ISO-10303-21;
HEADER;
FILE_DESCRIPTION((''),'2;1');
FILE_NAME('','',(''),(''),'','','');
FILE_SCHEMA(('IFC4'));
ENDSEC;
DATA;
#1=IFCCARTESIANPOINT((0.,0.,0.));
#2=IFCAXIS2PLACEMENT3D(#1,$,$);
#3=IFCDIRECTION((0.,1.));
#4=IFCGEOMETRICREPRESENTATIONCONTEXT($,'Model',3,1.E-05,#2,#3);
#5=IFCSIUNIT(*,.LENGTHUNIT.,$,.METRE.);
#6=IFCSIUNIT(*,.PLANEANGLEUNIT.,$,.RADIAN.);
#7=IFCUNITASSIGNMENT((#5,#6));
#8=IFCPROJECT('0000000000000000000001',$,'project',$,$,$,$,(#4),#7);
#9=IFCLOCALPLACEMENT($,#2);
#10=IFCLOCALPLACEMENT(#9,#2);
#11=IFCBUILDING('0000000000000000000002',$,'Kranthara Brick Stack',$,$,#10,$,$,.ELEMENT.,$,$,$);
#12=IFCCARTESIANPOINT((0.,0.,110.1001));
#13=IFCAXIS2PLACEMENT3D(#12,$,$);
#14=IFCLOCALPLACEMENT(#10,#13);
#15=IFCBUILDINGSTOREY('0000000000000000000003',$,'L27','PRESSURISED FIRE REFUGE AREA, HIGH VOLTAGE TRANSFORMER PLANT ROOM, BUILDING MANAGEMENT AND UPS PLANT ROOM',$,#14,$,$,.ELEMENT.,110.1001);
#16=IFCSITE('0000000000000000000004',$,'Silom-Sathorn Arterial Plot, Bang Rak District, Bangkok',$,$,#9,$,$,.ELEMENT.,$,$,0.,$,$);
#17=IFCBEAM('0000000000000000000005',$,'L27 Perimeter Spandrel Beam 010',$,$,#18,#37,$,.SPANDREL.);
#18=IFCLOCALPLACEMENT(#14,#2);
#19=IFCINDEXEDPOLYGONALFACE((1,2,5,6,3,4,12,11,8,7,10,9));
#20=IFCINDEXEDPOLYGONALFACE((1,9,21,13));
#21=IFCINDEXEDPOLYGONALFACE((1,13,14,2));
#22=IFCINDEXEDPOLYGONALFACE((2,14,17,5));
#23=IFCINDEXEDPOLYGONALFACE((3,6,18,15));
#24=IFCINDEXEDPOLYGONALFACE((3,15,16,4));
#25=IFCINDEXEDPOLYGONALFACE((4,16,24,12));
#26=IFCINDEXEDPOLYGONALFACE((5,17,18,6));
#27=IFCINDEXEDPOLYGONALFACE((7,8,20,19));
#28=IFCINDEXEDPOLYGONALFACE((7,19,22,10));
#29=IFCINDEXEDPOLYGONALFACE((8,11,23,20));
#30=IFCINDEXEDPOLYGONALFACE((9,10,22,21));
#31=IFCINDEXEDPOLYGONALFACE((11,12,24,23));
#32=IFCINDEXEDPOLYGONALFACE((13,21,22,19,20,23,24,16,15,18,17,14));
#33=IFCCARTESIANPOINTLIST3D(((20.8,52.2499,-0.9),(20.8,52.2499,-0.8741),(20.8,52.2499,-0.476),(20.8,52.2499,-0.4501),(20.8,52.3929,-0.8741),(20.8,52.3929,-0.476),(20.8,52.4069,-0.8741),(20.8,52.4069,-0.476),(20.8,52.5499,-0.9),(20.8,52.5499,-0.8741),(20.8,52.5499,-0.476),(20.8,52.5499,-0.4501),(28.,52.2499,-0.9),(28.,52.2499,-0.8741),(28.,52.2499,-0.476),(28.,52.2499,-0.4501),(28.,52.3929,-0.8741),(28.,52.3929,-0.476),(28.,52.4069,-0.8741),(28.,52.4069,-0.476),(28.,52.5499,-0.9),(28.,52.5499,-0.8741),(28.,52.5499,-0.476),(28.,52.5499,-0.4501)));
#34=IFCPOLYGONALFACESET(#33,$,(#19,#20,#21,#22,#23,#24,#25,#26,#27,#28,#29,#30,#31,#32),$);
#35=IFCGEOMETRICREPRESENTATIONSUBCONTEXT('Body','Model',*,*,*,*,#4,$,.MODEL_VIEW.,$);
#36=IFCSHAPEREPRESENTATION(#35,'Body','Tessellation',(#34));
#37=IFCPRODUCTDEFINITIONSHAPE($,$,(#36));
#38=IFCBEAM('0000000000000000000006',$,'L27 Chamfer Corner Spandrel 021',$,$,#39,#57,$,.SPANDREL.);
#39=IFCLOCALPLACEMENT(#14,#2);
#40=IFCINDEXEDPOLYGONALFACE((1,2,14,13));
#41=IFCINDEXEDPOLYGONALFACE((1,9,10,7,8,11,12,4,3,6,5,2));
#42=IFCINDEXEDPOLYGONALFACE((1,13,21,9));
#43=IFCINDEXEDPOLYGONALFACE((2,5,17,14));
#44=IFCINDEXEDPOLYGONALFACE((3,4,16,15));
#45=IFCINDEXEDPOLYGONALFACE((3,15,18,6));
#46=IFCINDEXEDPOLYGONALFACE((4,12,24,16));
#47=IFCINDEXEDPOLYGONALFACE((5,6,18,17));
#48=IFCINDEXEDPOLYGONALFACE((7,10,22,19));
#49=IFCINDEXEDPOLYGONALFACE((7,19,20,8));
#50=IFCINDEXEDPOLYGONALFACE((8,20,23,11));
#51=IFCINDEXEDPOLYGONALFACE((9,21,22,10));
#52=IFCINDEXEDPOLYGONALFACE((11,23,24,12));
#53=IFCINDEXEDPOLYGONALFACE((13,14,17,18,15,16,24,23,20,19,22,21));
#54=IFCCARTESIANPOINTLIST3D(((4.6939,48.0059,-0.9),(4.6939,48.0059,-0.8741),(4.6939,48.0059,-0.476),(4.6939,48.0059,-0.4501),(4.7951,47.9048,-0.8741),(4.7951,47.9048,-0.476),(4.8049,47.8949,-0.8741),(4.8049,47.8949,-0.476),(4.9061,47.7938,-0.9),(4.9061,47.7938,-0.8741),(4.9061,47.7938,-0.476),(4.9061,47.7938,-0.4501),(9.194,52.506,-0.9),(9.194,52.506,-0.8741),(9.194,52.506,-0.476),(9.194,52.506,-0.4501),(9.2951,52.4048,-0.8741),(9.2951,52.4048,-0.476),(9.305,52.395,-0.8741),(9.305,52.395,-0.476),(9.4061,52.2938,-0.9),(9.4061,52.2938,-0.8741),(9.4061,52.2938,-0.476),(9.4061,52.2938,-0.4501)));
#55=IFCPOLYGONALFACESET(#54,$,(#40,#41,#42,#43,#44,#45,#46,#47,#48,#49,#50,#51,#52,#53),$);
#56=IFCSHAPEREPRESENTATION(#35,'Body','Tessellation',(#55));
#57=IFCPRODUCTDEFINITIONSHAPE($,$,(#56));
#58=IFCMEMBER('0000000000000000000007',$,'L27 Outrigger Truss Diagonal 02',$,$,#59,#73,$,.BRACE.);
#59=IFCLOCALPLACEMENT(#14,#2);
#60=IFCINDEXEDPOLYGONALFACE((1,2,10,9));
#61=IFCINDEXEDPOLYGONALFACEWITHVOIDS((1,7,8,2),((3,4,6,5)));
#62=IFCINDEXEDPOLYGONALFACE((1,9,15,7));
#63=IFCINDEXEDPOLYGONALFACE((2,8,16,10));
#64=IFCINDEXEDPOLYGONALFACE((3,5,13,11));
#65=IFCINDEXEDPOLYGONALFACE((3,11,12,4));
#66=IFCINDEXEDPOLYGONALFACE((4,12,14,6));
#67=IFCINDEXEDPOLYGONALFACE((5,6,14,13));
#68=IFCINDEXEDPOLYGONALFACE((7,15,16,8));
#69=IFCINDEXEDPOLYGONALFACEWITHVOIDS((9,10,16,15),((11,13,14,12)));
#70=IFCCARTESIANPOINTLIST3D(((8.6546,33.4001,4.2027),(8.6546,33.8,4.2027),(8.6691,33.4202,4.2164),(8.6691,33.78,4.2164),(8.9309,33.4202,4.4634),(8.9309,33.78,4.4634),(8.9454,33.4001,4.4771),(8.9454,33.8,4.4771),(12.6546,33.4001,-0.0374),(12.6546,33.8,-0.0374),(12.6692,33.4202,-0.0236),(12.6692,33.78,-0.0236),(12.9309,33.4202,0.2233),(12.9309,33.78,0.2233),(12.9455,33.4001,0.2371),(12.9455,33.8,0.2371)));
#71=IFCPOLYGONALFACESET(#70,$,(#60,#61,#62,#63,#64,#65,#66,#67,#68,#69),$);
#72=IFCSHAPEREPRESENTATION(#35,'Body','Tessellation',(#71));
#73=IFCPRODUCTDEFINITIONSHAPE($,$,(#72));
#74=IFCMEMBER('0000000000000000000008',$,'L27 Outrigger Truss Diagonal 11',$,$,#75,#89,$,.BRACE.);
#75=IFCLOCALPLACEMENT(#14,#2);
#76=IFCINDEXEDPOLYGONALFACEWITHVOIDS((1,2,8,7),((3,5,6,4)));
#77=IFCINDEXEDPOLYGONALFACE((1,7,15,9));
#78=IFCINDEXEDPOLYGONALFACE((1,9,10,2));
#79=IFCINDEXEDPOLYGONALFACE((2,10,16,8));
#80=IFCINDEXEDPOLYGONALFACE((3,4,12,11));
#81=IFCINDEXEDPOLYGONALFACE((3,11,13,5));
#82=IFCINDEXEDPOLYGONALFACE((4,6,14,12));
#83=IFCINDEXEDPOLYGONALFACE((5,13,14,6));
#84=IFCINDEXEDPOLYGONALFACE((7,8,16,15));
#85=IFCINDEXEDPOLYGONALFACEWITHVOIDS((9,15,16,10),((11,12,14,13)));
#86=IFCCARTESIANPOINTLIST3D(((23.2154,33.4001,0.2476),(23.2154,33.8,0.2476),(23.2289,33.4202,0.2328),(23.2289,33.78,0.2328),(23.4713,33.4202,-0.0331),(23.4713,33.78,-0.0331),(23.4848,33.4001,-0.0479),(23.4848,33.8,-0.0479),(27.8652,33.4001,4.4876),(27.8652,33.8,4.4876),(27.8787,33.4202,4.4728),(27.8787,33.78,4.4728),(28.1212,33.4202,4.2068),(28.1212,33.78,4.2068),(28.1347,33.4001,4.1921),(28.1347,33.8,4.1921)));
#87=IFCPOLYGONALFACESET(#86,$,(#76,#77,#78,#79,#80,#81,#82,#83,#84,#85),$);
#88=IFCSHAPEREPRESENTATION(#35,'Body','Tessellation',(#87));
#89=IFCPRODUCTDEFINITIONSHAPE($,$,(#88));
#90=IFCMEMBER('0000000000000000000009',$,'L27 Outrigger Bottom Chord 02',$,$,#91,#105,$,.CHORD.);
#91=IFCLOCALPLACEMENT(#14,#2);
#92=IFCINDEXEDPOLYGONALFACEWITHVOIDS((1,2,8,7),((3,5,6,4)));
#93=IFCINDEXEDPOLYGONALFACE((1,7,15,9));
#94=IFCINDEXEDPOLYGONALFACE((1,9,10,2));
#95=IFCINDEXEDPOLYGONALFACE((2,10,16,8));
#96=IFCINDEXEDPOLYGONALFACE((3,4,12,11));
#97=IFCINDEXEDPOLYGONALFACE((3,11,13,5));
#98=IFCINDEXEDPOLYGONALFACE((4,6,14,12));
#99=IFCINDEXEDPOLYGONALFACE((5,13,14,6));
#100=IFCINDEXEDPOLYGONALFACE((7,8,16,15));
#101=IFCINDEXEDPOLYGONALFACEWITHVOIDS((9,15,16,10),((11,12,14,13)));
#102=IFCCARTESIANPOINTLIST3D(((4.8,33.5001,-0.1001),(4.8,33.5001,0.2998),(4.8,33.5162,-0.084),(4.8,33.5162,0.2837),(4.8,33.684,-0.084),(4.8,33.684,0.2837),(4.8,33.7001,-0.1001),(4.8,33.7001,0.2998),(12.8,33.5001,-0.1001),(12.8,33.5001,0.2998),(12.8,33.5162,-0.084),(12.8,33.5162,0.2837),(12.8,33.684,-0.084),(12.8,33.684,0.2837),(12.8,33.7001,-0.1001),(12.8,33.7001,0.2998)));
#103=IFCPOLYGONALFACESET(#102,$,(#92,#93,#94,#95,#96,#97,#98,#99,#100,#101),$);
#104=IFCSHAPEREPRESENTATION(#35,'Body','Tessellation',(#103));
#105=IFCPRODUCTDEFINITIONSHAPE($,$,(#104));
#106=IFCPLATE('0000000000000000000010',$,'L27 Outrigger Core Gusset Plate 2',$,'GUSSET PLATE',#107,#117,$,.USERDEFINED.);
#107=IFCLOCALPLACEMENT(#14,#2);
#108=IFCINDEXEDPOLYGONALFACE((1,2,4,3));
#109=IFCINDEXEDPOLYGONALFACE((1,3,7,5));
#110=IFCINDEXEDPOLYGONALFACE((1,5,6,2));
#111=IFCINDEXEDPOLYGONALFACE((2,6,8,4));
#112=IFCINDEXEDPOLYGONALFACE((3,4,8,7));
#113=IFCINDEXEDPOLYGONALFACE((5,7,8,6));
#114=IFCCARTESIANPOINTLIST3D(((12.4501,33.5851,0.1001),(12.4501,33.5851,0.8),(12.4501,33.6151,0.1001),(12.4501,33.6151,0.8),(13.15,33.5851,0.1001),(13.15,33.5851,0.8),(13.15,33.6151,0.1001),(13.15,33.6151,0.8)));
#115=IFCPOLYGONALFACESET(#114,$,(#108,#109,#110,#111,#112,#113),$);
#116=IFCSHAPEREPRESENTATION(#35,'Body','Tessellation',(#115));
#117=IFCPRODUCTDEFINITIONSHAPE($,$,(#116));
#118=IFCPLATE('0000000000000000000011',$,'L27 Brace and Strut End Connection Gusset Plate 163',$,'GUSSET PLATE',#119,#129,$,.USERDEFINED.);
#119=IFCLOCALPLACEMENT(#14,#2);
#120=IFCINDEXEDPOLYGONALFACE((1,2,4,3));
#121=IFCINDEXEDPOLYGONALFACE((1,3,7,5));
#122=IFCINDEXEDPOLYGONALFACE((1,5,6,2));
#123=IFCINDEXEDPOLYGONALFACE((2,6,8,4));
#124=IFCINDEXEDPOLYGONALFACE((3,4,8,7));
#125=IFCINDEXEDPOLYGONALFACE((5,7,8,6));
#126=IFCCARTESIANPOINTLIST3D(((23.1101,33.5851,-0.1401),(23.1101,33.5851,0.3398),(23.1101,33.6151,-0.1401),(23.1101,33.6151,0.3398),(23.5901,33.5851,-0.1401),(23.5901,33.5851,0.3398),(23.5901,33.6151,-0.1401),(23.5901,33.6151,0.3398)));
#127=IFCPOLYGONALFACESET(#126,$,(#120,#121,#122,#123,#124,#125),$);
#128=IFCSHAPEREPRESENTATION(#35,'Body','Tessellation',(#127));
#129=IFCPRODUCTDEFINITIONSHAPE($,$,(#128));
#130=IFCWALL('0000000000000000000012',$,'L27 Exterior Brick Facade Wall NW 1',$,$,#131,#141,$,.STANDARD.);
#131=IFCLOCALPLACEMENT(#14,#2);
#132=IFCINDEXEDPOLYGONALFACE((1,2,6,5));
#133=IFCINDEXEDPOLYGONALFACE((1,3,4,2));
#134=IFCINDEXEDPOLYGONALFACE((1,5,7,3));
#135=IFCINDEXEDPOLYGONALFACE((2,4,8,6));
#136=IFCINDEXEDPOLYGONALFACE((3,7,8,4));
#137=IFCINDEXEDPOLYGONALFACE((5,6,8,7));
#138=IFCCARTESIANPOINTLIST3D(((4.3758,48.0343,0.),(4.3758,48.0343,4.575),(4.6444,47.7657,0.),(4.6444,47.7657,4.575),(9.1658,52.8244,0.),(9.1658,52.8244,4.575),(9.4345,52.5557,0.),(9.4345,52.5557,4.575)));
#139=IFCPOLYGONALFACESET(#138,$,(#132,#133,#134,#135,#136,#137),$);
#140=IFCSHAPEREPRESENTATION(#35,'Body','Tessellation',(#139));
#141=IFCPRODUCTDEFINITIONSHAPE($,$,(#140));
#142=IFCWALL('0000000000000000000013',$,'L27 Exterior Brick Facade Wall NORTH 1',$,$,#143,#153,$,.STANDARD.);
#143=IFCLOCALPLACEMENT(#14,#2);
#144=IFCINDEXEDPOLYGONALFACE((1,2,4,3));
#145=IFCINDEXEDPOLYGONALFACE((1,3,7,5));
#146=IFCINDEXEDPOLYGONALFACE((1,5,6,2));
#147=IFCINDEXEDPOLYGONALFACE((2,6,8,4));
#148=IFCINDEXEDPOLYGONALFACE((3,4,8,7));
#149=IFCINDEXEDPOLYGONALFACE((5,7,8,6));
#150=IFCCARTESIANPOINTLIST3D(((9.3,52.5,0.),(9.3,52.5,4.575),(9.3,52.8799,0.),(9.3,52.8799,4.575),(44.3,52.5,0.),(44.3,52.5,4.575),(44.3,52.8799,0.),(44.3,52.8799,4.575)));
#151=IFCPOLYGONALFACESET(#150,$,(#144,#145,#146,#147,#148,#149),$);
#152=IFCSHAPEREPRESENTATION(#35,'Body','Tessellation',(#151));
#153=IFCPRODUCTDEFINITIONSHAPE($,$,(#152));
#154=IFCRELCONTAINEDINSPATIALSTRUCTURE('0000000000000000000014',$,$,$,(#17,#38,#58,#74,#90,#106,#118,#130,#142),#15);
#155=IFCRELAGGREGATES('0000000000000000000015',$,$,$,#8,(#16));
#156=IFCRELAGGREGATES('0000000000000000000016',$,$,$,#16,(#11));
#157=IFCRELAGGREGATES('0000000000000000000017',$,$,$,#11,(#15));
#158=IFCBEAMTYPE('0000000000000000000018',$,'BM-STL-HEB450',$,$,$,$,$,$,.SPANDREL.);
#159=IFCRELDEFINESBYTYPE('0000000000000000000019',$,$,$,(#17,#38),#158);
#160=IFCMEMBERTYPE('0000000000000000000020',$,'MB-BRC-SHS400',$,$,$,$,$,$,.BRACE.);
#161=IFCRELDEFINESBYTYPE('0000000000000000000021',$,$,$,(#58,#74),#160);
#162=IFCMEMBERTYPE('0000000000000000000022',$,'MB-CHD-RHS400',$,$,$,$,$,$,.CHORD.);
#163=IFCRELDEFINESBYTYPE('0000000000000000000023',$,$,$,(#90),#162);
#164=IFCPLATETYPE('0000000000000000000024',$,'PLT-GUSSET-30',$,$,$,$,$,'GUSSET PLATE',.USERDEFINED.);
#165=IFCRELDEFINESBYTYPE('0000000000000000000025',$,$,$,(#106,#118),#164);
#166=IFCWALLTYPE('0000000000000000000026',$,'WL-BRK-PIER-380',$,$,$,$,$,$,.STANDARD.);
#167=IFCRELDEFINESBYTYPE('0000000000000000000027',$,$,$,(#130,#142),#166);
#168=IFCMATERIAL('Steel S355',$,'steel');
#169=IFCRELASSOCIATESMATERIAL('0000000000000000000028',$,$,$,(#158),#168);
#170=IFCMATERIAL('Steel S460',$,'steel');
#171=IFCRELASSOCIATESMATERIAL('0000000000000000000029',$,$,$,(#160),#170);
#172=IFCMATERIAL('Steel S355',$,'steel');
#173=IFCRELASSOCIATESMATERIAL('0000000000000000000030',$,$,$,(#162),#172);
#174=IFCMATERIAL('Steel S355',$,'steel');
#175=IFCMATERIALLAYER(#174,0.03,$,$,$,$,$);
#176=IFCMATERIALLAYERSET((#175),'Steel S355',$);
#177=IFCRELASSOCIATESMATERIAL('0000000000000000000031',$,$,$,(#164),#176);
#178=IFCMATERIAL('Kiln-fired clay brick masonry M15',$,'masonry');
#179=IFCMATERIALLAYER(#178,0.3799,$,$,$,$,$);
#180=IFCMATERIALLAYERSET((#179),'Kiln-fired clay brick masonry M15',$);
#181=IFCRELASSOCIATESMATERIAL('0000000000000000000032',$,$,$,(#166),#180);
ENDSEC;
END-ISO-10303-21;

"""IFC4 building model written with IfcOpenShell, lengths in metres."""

from ifc_helpers import new_model, si_unit, direction, frame, frame_2d, origin, origin_2d, place, context, subcontext, project, spatial, rectangle, hollow_rectangle, i_section, extrude, material, layer, layer_set, material_profile, profile_set, type_object, element, save


model = new_model("IFC4")

# Units and contexts
model_context = context("Model", 3, precision=1e-05, world=origin(), true_north=direction((0.0, 1.0)))
body_context = subcontext(model_context, "Body", "Model", "MODEL_VIEW")
ifc_project = project(units=[si_unit("LENGTHUNIT", "METRE"), si_unit("PLANEANGLEUNIT", "RADIAN")], contexts=[model_context])

# Site, building, storey
site_placement = place(None, origin())
site = spatial("IfcSite", under=ifc_project, at=site_placement, Name="Silom-Sathorn Arterial Plot, Bang Rak District, Bangkok", CompositionType="ELEMENT", RefElevation=0.0)
building_placement = place(site_placement, origin())
building = spatial("IfcBuilding", under=site, at=building_placement, Name="Kranthara Brick Stack", CompositionType="ELEMENT")
storey_placement = place(building_placement, frame((0.0, 0.0, 110.1001)))
storey = spatial("IfcBuildingStorey", under=building, at=storey_placement, Name="L27", Description="PRESSURISED FIRE REFUGE AREA, HIGH VOLTAGE TRANSFORMER PLANT ROOM, BUILDING MANAGEMENT AND UPS PLANT ROOM", CompositionType="ELEMENT", Elevation=110.1001)

# Beams
ifc_material_1 = material(Name="Steel S355", Category="steel")
ifc_material_profile_1 = material_profile(ifc_material_1, i_section(OverallWidth=0.3, OverallDepth=0.45, WebThickness=0.0139, FlangeThickness=0.0259, at=origin_2d()), Name="HEB 450")
ifc_profile_set_1 = profile_set([ifc_material_profile_1], Name="Steel S355")
beam_type_1 = type_object("IfcBeamType", Name="BM-STL-HEB450", PredefinedType="SPANDREL", material=ifc_profile_set_1)
beam_1_placement = place(storey_placement, frame((20.8, 52.3999, -0.675), z_axis=(1.0, 0.0, 0.0), x_axis=(0.0, 1.0, 0.0)))
element("IfcBeam", 1, at=beam_1_placement, inside=storey, type_object=beam_type_1, Name="L27 Perimeter Spandrel Beam 010", PredefinedType="SPANDREL", context=body_context, shape_type="SweptSolid", body=[
    extrude(i_section(OverallWidth=0.3, OverallDepth=0.45, WebThickness=0.0139, FlangeThickness=0.0259, at=origin_2d()), origin(), (0.0, 0.0, 1.0), 7.2),
])
beam_2_placement = place(storey_placement, frame((9.3, 52.3999, -0.675), z_axis=(-0.707107, -0.707107, 0.0), x_axis=(0.707107, -0.707107, 0.0)))
element("IfcBeam", 2, at=beam_2_placement, inside=storey, type_object=beam_type_1, Name="L27 Chamfer Corner Spandrel 021", PredefinedType="SPANDREL", context=body_context, shape_type="SweptSolid", body=[
    extrude(i_section(OverallWidth=0.3, OverallDepth=0.45, WebThickness=0.0139, FlangeThickness=0.0259, at=origin_2d()), origin(), (0.0, 0.0, 1.0), 6.364),
])

# Members
ifc_material_2 = material(Name="Steel S460", Category="steel")
ifc_material_profile_2 = material_profile(ifc_material_2, hollow_rectangle(XDim=0.3999, YDim=0.3999, WallThickness=0.02, at=origin_2d()), Name="SHS 400x400x20")
ifc_profile_set_2 = profile_set([ifc_material_profile_2], Name="Steel S460")
member_type_1 = type_object("IfcMemberType", Name="MB-BRC-SHS400", PredefinedType="BRACE", material=ifc_profile_set_2)
member_1_placement = place(storey_placement, frame((12.8, 33.6001, 0.0999), z_axis=(-0.686221, 0.0, 0.727393), x_axis=(0.0, -1.0, 0.0)))
element("IfcMember", 3, at=member_1_placement, inside=storey, type_object=member_type_1, Name="L27 Outrigger Truss Diagonal 02", PredefinedType="BRACE", context=body_context, shape_type="SweptSolid", body=[
    extrude(hollow_rectangle(XDim=0.3999, YDim=0.3999, WallThickness=0.02, at=origin_2d()), origin(), (0.0, 0.0, 1.0), 5.8291),
])
member_2_placement = place(storey_placement, frame((23.3501, 33.6001, 0.0999), z_axis=(0.738926, 0.0, 0.673786), x_axis=(0.0, 1.0, 0.0)))
element("IfcMember", 4, at=member_2_placement, inside=storey, type_object=member_type_1, Name="L27 Outrigger Truss Diagonal 11", PredefinedType="BRACE", context=body_context, shape_type="SweptSolid", body=[
    extrude(hollow_rectangle(XDim=0.3999, YDim=0.3999, WallThickness=0.02, at=origin_2d()), origin(), (0.0, 0.0, 1.0), 6.2927),
])
ifc_material_3 = material(Name="Steel S355", Category="steel")
ifc_material_profile_3 = material_profile(ifc_material_3, hollow_rectangle(XDim=0.2, YDim=0.3999, WallThickness=0.0161, at=origin_2d()), Name="RHS 200x400x16")
ifc_profile_set_3 = profile_set([ifc_material_profile_3], Name="Steel S355")
member_type_2 = type_object("IfcMemberType", Name="MB-CHD-RHS400", PredefinedType="CHORD", material=ifc_profile_set_3)
member_3_placement = place(storey_placement, frame((12.8, 33.6001, 0.0999), z_axis=(-1.0, 0.0, 0.0), x_axis=(0.0, -1.0, 0.0)))
element("IfcMember", 5, at=member_3_placement, inside=storey, type_object=member_type_2, Name="L27 Outrigger Bottom Chord 02", PredefinedType="CHORD", context=body_context, shape_type="SweptSolid", body=[
    extrude(hollow_rectangle(XDim=0.2, YDim=0.3999, WallThickness=0.0161, at=origin_2d()), origin(), (0.0, 0.0, 1.0), 8.0),
])

# Plates
ifc_material_4 = material(Name="Steel S355", Category="steel")
ifc_layer_1 = layer(ifc_material_4, 0.03)
ifc_layer_set_1 = layer_set([ifc_layer_1], Name="Steel S355")
plate_type = type_object("IfcPlateType", Name="PLT-GUSSET-30", ElementType="GUSSET PLATE", PredefinedType="USERDEFINED", material=ifc_layer_set_1)
plate_1_placement = place(storey_placement, frame((12.8, 33.6001, 0.1001), z_axis=(0.0, 0.0, 1.0), x_axis=(1.0, 0.0, 0.0)))
element("IfcPlate", 6, at=plate_1_placement, inside=storey, type_object=plate_type, Name="L27 Outrigger Core Gusset Plate 2", ObjectType="GUSSET PLATE", PredefinedType="USERDEFINED", context=body_context, shape_type="SweptSolid", body=[
    extrude(rectangle(XDim=0.7, YDim=0.03, at=origin_2d()), origin(), (0.0, 0.0, 1.0), 0.7),
])
plate_2_placement = place(storey_placement, frame((23.3501, 33.6001, -0.1401), z_axis=(0.0, 0.0, 1.0), x_axis=(1.0, 0.0, 0.0)))
element("IfcPlate", 7, at=plate_2_placement, inside=storey, type_object=plate_type, Name="L27 Brace and Strut End Connection Gusset Plate 163", ObjectType="GUSSET PLATE", PredefinedType="USERDEFINED", context=body_context, shape_type="SweptSolid", body=[
    extrude(rectangle(XDim=0.48, YDim=0.03, at=origin_2d()), origin(), (0.0, 0.0, 1.0), 0.48),
])

# Walls
ifc_material_5 = material(Name="Kiln-fired clay brick masonry M15", Category="masonry")
ifc_layer_2 = layer(ifc_material_5, 0.3799)
ifc_layer_set_2 = layer_set([ifc_layer_2], Name="Kiln-fired clay brick masonry M15")
wall_type_1 = type_object("IfcWallType", Name="WL-BRK-PIER-380", PredefinedType="STANDARD", material=ifc_layer_set_2)
wall_1_placement = place(storey_placement, frame((4.51, 47.8999, 0.0), z_axis=(0.0, 0.0, 1.0), x_axis=(0.707107, 0.707107, 0.0)))
element("IfcWall", 8, at=wall_1_placement, inside=storey, type_object=wall_type_1, Name="L27 Exterior Brick Facade Wall NW 1", PredefinedType="STANDARD", context=body_context, shape_type="SweptSolid", body=[
    extrude(rectangle(XDim=6.7742, YDim=0.3799, at=frame_2d((3.3872, 0.0))), origin(), (0.0, 0.0, 1.0), 4.575),
])
wall_2_placement = place(storey_placement, frame((9.3, 52.6899, 0.0), z_axis=(0.0, 0.0, 1.0), x_axis=(1.0, 0.0, 0.0)))
element("IfcWall", 9, at=wall_2_placement, inside=storey, type_object=wall_type_1, Name="L27 Exterior Brick Facade Wall NORTH 1", PredefinedType="STANDARD", context=body_context, shape_type="SweptSolid", body=[
    extrude(rectangle(XDim=35.0, YDim=0.3799, at=frame_2d((17.5, 0.0))), origin(), (0.0, 0.0, 1.0), 4.575),
])

save(model, "model.ifc")
